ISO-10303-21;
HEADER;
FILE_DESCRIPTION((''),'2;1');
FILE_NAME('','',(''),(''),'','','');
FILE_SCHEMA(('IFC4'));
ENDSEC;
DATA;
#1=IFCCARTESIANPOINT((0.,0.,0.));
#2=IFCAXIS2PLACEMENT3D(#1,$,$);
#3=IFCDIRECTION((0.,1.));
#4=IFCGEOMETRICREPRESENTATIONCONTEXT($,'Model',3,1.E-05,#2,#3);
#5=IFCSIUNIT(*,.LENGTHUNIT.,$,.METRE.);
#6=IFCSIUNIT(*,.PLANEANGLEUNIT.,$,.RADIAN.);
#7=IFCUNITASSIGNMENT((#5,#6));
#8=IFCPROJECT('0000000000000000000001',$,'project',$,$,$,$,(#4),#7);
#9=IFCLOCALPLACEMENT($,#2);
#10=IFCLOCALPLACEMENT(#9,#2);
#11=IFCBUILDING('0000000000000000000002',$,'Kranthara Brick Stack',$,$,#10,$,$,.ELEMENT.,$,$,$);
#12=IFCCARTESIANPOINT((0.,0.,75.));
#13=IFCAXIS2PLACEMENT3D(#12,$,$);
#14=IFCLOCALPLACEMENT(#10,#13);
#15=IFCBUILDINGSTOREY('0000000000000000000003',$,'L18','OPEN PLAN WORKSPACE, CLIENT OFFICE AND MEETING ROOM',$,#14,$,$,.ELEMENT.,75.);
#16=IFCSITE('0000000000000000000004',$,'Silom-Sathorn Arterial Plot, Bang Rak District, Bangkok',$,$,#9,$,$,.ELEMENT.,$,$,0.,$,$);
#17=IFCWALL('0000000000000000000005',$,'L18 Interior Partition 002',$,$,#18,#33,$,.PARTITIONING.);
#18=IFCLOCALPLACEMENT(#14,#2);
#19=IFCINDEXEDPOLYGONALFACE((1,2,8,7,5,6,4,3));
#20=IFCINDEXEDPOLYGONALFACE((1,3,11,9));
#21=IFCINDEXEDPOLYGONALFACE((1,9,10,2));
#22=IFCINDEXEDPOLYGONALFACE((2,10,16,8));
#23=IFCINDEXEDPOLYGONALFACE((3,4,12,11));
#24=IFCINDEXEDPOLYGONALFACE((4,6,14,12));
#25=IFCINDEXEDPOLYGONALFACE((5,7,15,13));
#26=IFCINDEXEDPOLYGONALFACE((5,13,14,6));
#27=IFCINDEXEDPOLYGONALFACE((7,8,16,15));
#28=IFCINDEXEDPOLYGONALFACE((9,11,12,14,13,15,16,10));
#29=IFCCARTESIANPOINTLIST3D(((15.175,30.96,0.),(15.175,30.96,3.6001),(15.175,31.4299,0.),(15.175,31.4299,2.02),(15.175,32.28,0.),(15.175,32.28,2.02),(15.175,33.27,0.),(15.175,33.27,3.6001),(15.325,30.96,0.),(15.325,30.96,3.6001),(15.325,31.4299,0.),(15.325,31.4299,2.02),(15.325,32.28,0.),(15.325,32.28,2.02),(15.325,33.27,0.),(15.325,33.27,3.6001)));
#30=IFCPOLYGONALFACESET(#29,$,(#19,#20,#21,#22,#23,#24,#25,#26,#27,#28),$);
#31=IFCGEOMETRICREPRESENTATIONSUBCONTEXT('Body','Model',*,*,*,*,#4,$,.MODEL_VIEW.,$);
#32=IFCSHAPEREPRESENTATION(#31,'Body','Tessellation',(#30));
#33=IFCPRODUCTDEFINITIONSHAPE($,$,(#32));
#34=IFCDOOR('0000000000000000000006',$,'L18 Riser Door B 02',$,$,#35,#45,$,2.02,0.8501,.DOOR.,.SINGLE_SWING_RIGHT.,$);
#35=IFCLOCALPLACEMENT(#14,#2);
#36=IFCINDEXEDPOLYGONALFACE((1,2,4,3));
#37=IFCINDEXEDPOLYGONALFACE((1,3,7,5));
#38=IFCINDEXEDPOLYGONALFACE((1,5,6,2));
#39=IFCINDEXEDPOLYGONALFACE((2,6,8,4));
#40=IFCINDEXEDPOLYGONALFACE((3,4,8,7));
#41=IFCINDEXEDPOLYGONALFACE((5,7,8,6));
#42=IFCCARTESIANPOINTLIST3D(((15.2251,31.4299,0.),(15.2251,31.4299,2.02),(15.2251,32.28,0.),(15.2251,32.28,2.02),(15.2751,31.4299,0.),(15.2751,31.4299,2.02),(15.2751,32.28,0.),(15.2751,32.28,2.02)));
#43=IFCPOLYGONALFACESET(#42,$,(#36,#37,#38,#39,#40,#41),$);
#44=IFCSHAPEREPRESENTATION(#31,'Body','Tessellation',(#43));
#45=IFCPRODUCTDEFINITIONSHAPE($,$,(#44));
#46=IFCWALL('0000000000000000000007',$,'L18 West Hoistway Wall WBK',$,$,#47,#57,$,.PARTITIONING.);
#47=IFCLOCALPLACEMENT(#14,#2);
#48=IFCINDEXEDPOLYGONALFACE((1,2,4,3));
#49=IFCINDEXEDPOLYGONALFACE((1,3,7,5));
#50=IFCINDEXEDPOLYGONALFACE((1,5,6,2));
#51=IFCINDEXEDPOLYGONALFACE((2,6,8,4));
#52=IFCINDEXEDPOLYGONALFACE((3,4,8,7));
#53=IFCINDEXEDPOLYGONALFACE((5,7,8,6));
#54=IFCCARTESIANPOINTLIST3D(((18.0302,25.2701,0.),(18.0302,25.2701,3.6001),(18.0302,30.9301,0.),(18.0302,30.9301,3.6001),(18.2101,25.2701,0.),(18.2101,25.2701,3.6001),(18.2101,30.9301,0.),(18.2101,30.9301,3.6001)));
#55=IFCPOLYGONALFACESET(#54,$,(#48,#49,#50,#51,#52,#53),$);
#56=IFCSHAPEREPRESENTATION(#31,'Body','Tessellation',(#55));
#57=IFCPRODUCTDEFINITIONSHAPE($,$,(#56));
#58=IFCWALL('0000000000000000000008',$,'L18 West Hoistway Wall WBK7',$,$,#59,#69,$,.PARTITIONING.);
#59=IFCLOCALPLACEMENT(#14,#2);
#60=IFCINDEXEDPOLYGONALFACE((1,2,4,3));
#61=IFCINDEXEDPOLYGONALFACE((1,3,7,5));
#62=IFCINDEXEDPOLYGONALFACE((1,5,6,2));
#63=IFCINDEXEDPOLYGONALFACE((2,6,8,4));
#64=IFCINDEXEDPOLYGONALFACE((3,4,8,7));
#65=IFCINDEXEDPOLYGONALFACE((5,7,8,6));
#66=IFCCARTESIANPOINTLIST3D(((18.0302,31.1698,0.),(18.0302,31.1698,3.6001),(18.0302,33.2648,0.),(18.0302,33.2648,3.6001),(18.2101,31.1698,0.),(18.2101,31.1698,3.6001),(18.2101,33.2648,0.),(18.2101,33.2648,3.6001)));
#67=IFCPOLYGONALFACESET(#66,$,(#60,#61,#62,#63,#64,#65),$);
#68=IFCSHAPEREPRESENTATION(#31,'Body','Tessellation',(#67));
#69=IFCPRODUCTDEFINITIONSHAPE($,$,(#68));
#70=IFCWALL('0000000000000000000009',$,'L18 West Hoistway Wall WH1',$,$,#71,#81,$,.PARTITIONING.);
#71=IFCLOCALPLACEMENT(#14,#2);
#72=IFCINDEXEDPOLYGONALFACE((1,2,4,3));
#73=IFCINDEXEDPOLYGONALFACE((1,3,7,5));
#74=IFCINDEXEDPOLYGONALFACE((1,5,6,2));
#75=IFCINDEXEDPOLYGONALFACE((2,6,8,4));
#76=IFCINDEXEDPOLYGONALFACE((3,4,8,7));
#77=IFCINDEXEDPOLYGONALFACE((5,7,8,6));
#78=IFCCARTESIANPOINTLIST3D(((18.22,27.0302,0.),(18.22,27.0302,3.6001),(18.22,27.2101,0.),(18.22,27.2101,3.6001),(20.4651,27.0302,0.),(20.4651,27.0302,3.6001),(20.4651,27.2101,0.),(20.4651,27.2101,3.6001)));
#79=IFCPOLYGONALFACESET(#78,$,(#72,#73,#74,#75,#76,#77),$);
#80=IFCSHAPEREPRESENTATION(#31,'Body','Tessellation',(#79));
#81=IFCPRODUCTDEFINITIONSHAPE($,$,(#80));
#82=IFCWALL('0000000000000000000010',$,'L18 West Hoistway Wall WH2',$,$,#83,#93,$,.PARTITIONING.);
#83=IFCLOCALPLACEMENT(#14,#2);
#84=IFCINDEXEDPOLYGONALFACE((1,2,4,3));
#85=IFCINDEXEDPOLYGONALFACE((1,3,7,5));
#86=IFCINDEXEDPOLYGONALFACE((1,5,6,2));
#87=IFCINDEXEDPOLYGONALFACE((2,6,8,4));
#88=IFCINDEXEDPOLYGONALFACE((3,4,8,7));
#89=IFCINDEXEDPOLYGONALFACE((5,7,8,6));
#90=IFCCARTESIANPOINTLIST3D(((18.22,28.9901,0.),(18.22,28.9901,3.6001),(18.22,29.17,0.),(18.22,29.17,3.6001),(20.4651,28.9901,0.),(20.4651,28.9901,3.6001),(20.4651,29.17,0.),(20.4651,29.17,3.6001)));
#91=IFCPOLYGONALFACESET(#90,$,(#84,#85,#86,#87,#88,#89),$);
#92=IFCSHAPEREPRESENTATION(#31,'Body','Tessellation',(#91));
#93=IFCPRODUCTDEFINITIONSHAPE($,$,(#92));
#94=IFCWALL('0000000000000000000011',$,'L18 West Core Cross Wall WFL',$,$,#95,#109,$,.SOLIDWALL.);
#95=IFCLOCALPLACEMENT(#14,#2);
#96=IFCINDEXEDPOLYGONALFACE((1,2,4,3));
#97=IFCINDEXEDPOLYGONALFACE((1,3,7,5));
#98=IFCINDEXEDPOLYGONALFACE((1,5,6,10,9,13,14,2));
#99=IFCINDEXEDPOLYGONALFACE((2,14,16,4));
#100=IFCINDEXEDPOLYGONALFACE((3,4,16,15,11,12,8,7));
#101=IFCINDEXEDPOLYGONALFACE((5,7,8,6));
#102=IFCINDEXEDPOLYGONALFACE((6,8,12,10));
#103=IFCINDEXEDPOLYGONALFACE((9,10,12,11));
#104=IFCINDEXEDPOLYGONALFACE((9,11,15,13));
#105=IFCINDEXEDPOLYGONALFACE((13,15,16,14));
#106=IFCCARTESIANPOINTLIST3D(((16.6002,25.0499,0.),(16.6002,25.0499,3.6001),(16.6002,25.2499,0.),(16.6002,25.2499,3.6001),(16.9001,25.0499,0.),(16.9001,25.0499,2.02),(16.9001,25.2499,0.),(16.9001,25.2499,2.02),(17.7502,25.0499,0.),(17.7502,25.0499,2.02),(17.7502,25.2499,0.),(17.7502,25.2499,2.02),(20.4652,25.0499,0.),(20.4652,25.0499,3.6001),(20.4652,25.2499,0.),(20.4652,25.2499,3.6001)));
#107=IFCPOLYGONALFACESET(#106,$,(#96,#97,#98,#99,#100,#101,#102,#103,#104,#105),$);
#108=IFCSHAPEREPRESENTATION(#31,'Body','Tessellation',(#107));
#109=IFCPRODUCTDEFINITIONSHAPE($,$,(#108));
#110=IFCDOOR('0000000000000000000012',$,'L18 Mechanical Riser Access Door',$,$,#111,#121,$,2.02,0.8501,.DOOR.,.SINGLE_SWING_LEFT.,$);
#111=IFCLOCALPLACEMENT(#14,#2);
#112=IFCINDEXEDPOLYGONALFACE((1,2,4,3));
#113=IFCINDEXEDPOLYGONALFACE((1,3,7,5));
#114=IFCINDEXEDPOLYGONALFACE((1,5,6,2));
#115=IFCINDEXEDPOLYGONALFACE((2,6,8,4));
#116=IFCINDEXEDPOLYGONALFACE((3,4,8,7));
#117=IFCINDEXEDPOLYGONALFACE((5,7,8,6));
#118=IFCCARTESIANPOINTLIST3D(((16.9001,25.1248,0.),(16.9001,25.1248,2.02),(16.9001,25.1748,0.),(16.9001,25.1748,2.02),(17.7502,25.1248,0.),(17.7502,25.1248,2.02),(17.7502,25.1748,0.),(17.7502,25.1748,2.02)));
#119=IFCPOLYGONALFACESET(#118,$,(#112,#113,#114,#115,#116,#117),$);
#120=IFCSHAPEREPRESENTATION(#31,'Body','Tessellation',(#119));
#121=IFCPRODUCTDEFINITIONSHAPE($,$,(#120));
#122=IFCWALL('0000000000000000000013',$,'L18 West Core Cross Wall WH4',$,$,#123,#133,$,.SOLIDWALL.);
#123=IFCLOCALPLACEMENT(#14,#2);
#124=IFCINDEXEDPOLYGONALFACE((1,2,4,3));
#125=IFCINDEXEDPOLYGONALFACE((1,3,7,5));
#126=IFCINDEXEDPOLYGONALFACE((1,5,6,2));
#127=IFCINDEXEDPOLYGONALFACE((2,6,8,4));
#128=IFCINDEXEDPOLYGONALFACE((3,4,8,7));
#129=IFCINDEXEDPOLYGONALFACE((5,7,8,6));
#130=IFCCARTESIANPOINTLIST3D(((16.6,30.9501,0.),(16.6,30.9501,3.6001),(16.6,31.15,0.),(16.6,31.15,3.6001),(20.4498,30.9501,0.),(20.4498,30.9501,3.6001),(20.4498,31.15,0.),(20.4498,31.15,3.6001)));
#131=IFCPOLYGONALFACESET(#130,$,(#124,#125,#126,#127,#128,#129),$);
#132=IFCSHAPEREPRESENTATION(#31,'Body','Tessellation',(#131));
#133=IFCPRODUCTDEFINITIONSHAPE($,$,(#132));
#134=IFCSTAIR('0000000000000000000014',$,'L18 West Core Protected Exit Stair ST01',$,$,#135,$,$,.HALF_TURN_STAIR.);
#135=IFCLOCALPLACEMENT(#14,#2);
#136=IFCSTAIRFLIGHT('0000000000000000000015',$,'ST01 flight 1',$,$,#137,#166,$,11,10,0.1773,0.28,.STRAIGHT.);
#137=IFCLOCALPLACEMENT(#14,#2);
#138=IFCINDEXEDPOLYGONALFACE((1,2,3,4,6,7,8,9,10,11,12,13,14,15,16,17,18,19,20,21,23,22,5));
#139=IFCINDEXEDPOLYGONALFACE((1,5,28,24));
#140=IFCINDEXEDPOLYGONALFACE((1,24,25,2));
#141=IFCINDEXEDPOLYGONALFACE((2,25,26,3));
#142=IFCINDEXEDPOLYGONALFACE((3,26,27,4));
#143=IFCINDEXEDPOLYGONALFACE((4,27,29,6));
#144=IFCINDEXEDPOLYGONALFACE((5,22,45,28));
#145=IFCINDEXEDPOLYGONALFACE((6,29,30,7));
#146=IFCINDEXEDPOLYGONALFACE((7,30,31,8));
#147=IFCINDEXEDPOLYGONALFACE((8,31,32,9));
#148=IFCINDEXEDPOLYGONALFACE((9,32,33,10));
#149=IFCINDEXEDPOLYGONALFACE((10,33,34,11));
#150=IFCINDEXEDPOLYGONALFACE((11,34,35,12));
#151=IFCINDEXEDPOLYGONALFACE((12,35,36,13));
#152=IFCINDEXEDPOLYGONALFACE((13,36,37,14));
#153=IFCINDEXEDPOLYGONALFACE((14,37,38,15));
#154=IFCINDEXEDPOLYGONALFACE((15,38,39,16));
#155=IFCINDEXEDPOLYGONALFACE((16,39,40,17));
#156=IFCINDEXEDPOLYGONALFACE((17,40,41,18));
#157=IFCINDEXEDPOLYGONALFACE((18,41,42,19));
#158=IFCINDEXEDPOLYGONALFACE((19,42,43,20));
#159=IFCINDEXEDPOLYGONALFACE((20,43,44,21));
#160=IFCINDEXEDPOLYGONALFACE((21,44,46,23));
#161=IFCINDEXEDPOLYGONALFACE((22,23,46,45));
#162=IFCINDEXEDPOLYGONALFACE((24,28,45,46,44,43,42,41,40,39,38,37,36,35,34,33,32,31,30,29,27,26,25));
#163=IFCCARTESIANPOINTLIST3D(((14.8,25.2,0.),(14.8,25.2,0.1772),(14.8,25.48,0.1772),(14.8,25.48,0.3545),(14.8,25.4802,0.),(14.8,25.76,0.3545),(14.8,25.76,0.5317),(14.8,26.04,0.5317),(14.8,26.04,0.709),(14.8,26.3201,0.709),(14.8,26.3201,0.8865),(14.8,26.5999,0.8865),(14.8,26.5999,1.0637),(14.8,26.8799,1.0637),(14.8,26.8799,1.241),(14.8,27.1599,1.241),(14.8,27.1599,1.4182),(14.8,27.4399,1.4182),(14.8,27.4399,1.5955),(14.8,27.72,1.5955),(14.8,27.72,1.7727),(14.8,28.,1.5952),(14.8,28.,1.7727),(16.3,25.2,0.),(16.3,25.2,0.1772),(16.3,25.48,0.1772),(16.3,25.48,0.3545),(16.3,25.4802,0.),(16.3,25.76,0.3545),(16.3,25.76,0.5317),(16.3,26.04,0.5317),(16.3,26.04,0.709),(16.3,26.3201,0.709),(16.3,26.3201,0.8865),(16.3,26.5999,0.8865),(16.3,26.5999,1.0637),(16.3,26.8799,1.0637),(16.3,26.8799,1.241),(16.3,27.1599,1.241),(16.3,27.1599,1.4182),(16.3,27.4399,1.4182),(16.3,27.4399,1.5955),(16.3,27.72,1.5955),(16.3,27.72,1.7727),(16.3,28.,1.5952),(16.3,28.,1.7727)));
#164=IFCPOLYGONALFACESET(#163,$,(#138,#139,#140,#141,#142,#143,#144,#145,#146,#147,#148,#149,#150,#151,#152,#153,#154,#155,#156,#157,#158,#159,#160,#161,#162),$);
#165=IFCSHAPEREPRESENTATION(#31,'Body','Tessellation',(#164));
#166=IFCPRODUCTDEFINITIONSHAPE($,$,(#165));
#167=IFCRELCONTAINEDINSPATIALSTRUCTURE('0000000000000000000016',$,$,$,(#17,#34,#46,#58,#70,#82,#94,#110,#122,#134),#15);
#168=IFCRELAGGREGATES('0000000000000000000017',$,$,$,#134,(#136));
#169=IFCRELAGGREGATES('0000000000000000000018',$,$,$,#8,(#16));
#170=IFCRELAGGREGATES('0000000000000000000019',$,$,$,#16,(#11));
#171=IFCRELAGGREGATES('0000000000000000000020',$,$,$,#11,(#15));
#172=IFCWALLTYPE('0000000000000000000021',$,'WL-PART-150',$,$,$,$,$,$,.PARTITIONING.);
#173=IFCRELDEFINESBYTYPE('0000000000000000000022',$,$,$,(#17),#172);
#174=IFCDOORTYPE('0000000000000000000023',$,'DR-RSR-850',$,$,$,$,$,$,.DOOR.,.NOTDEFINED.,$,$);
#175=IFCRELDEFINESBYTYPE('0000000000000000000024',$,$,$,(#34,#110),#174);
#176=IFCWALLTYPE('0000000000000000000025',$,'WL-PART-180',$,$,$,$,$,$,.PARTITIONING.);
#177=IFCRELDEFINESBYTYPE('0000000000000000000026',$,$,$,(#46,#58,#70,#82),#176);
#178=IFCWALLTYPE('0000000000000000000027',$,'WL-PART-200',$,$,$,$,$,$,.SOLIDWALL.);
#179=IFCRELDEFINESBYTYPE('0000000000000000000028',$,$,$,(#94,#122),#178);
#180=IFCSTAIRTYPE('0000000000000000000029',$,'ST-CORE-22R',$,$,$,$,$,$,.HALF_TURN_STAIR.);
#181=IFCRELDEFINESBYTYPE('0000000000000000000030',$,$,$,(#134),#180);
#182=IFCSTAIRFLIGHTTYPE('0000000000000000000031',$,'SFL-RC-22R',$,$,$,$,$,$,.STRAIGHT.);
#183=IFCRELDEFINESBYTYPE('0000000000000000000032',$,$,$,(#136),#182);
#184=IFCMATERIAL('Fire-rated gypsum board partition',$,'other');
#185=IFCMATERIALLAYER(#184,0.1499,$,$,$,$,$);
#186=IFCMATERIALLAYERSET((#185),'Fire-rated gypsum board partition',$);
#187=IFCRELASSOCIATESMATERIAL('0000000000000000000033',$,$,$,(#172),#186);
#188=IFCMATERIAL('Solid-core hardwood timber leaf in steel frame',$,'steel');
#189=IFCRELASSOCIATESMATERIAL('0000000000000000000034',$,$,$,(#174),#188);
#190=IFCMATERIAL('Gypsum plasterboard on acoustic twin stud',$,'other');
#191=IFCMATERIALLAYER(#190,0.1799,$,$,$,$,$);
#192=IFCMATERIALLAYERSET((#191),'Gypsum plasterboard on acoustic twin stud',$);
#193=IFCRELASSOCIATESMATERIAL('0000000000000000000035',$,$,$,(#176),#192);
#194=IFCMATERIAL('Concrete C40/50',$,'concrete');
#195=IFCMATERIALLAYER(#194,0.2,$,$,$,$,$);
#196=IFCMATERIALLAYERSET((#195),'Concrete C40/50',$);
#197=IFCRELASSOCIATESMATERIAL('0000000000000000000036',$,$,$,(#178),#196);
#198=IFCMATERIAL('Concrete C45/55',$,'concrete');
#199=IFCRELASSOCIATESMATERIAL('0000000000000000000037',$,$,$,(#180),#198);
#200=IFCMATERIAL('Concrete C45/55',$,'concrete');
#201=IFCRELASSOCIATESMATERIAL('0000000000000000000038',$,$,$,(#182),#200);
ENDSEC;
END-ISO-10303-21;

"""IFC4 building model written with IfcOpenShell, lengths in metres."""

from ifc_helpers import new_model, si_unit, direction, frame, frame_2d, origin, place, context, subcontext, project, spatial, polyline, rectangle, outline, extrude, material, layer, layer_set, type_object, element, fill, aggregate, save


model = new_model("IFC4")

# Units and contexts
model_context = context("Model", 3, precision=1e-05, world=origin(), true_north=direction((0.0, 1.0)))
body_context = subcontext(model_context, "Body", "Model", "MODEL_VIEW")
ifc_project = project(units=[si_unit("LENGTHUNIT", "METRE"), si_unit("PLANEANGLEUNIT", "RADIAN")], contexts=[model_context])

# Site, building, storey
site_placement = place(None, origin())
site = spatial("IfcSite", under=ifc_project, at=site_placement, Name="Silom-Sathorn Arterial Plot, Bang Rak District, Bangkok", CompositionType="ELEMENT", RefElevation=0.0)
building_placement = place(site_placement, origin())
building = spatial("IfcBuilding", under=site, at=building_placement, Name="Kranthara Brick Stack", CompositionType="ELEMENT")
storey_placement = place(building_placement, frame((0.0, 0.0, 75.0)))
storey = spatial("IfcBuildingStorey", under=building, at=storey_placement, Name="L18", Description="OPEN PLAN WORKSPACE, CLIENT OFFICE AND MEETING ROOM", CompositionType="ELEMENT", Elevation=75.0)

# Wall, opening, door
ifc_material_1 = material(Name="Fire-rated gypsum board partition", Category="other")
ifc_layer_1 = layer(ifc_material_1, 0.1499)
ifc_layer_set_1 = layer_set([ifc_layer_1], Name="Fire-rated gypsum board partition")
wall_type_1 = type_object("IfcWallType", Name="WL-PART-150", PredefinedType="PARTITIONING", material=ifc_layer_set_1)
ifc_material_2 = material(Name="Solid-core hardwood timber leaf in steel frame", Category="steel")
door_type = type_object("IfcDoorType", Name="DR-RSR-850", OperationType="NOTDEFINED", PredefinedType="DOOR", material=ifc_material_2)
wall_1_placement = place(storey_placement, frame((15.25, 30.96, 0.0), z_axis=(0.0, 0.0, 1.0), x_axis=(0.0, 1.0, 0.0)))
wall_1 = element("IfcWall", 1, at=wall_1_placement, inside=storey, type_object=wall_type_1, Name="L18 Interior Partition 002", PredefinedType="PARTITIONING", context=body_context, shape_type="SweptSolid", body=[
    extrude(rectangle(XDim=2.3101, YDim=0.1499, at=frame_2d((1.155, 0.0))), origin(), (0.0, 0.0, 1.0), 3.6001),
])
opening_1_placement = place(wall_1_placement, frame((0.47, 0.0, 0.0)))
opening_1 = element("IfcOpeningElement", 2, at=opening_1_placement, cuts=wall_1, PredefinedType="OPENING", context=body_context, shape_type="SweptSolid", body=[
    extrude(rectangle(XDim=0.8501, YDim=2.02, at=frame_2d((0.425, 1.01))), frame((0.0, 0.085, 0.0), z_axis=(0.0, -1.0, 0.0), x_axis=(1.0, 0.0, 0.0)), (0.0, 0.0, 1.0), 0.1699),
])
door_1_placement = place(opening_1_placement, origin())
door_1 = element("IfcDoor", 3, at=door_1_placement, inside=storey, type_object=door_type, Name="L18 Riser Door B 02", OperationType="SINGLE_SWING_RIGHT", OverallHeight=2.02, OverallWidth=0.8501, PredefinedType="DOOR", context=body_context, shape_type="SweptSolid", body=[
    extrude(rectangle(XDim=0.8501, YDim=2.02, at=frame_2d((0.425, 1.01))), frame((0.0, 0.0249, 0.0), z_axis=(0.0, -1.0, 0.0), x_axis=(1.0, 0.0, 0.0)), (0.0, 0.0, 1.0), 0.05),
])
fill(opening_1, door_1)

# Walls
ifc_material_3 = material(Name="Gypsum plasterboard on acoustic twin stud", Category="other")
ifc_layer_2 = layer(ifc_material_3, 0.1799)
ifc_layer_set_2 = layer_set([ifc_layer_2], Name="Gypsum plasterboard on acoustic twin stud")
wall_type_2 = type_object("IfcWallType", Name="WL-PART-180", PredefinedType="PARTITIONING", material=ifc_layer_set_2)
wall_2_placement = place(storey_placement, frame((18.1201, 25.27, 0.0), z_axis=(0.0, 0.0, 1.0), x_axis=(0.0, 1.0, 0.0)))
element("IfcWall", 4, at=wall_2_placement, inside=storey, type_object=wall_type_2, Name="L18 West Hoistway Wall WBK", PredefinedType="PARTITIONING", context=body_context, shape_type="SweptSolid", body=[
    extrude(rectangle(XDim=5.6599, YDim=0.1799, at=frame_2d((2.8301, 0.0))), origin(), (0.0, 0.0, 1.0), 3.6001),
])
wall_3_placement = place(storey_placement, frame((18.1201, 31.1699, 0.0), z_axis=(0.0, 0.0, 1.0), x_axis=(0.0, 1.0, 0.0)))
element("IfcWall", 5, at=wall_3_placement, inside=storey, type_object=wall_type_2, Name="L18 West Hoistway Wall WBK7", PredefinedType="PARTITIONING", context=body_context, shape_type="SweptSolid", body=[
    extrude(rectangle(XDim=2.095, YDim=0.1799, at=frame_2d((1.0474, 0.0))), origin(), (0.0, 0.0, 1.0), 3.6001),
])
for number, where, z_axis, x_axis, name in (
    (6, (18.22, 27.1201, 0.0), (0.0, 0.0, 1.0), (1.0, 0.0, 0.0), "L18 West Hoistway Wall WH1"),
    (7, (18.22, 29.0801, 0.0), (0.0, 0.0, 1.0), (1.0, 0.0, 0.0), "L18 West Hoistway Wall WH2"),
):
    element("IfcWall", number, at=place(storey_placement, frame(where, z_axis=z_axis, x_axis=x_axis)), inside=storey, type_object=wall_type_2, Name=name, PredefinedType="PARTITIONING", context=body_context, shape_type="SweptSolid", body=[
        extrude(rectangle(XDim=2.2451, YDim=0.1799, at=frame_2d((1.1226, 0.0))), origin(), (0.0, 0.0, 1.0), 3.6001),
    ])

# Wall, opening, door
ifc_material_4 = material(Name="Concrete C40/50", Category="concrete")
ifc_layer_3 = layer(ifc_material_4, 0.2)
ifc_layer_set_3 = layer_set([ifc_layer_3], Name="Concrete C40/50")
wall_type_3 = type_object("IfcWallType", Name="WL-PART-200", PredefinedType="SOLIDWALL", material=ifc_layer_set_3)
wall_4_placement = place(storey_placement, frame((16.6001, 25.1499, 0.0), z_axis=(0.0, 0.0, 1.0), x_axis=(1.0, 0.0, 0.0)))
wall_4 = element("IfcWall", 8, at=wall_4_placement, inside=storey, type_object=wall_type_3, Name="L18 West Core Cross Wall WFL", PredefinedType="SOLIDWALL", context=body_context, shape_type="SweptSolid", body=[
    extrude(rectangle(XDim=3.865, YDim=0.2, at=frame_2d((1.9326, 0.0))), origin(), (0.0, 0.0, 1.0), 3.6001),
])
opening_2_placement = place(wall_4_placement, frame((0.3, 0.0, 0.0)))
opening_2 = element("IfcOpeningElement", 9, at=opening_2_placement, cuts=wall_4, PredefinedType="OPENING", context=body_context, shape_type="SweptSolid", body=[
    extrude(rectangle(XDim=0.8501, YDim=2.02, at=frame_2d((0.425, 1.01))), frame((0.0, 0.1099, 0.0), z_axis=(0.0, -1.0, 0.0), x_axis=(1.0, 0.0, 0.0)), (0.0, 0.0, 1.0), 0.22),
])
door_2_placement = place(opening_2_placement, origin())
door_2 = element("IfcDoor", 10, at=door_2_placement, inside=storey, type_object=door_type, Name="L18 Mechanical Riser Access Door", OperationType="SINGLE_SWING_LEFT", OverallHeight=2.02, OverallWidth=0.8501, PredefinedType="DOOR", context=body_context, shape_type="SweptSolid", body=[
    extrude(rectangle(XDim=0.8501, YDim=2.02, at=frame_2d((0.425, 1.01))), frame((0.0, 0.0249, 0.0), z_axis=(0.0, -1.0, 0.0), x_axis=(1.0, 0.0, 0.0)), (0.0, 0.0, 1.0), 0.05),
])
fill(opening_2, door_2)

# Wall
wall_5_placement = place(storey_placement, frame((16.6001, 31.05, 0.0), z_axis=(0.0, 0.0, 1.0), x_axis=(1.0, 0.0, 0.0)))
element("IfcWall", 11, at=wall_5_placement, inside=storey, type_object=wall_type_3, Name="L18 West Core Cross Wall WH4", PredefinedType="SOLIDWALL", context=body_context, shape_type="SweptSolid", body=[
    extrude(rectangle(XDim=3.8499, YDim=0.2, at=frame_2d((1.9248, 0.0))), origin(), (0.0, 0.0, 1.0), 3.6001),
])

# Stair, stair flight
ifc_material_5 = material(Name="Concrete C45/55", Category="concrete")
stair_type = type_object("IfcStairType", Name="ST-CORE-22R", PredefinedType="HALF_TURN_STAIR", material=ifc_material_5)
stair_placement = place(storey_placement, origin())
stair = element("IfcStair", 12, at=stair_placement, inside=storey, type_object=stair_type, Name="L18 West Core Protected Exit Stair ST01", PredefinedType="HALF_TURN_STAIR")
ifc_material_6 = material(Name="Concrete C45/55", Category="concrete")
stair_flight_type = type_object("IfcStairFlightType", Name="SFL-RC-22R", PredefinedType="STRAIGHT", material=ifc_material_6)
stair_flight_1_placement = place(storey_placement, frame((15.55, 25.2, 0.0), z_axis=(0.0, 0.0, 1.0), x_axis=(0.0, 1.0, 0.0)))
stair_flight_1 = element("IfcStairFlight", 13, at=stair_flight_1_placement, type_object=stair_flight_type, Name="ST01 flight 1", NumberOfRisers=11, NumberOfTreads=10, PredefinedType="STRAIGHT", RiserHeight=0.1773, TreadLength=0.28, context=body_context, shape_type="SweptSolid", body=[
    extrude(outline(polyline([(0.0, 0.0), (0.0, 0.1772), (0.28, 0.1772), (0.28, 0.3545), (0.5601, 0.3545), (0.5601, 0.5317), (0.8401, 0.5317), (0.8401, 0.709), (1.1201, 0.709), (1.1201, 0.8865), (1.3999, 0.8865), (1.3999, 1.0637), (1.6799, 1.0637), (1.6799, 1.241), (1.96, 1.241), (1.96, 1.4182), (2.24, 1.4182), (2.24, 1.5955), (2.52, 1.5955), (2.52, 1.7727), (2.8, 1.7727), (2.8, 1.95), (2.8, 1.5952), (0.2803, 0.0), (0.0, 0.0)])), frame((0.0, 0.75, 0.0), z_axis=(0.0, -1.0, 0.0), x_axis=(1.0, 0.0, 0.0)), (0.0, 0.0, 1.0), 1.5),
])
aggregate(stair, [stair_flight_1])

save(model, "model.ifc")
